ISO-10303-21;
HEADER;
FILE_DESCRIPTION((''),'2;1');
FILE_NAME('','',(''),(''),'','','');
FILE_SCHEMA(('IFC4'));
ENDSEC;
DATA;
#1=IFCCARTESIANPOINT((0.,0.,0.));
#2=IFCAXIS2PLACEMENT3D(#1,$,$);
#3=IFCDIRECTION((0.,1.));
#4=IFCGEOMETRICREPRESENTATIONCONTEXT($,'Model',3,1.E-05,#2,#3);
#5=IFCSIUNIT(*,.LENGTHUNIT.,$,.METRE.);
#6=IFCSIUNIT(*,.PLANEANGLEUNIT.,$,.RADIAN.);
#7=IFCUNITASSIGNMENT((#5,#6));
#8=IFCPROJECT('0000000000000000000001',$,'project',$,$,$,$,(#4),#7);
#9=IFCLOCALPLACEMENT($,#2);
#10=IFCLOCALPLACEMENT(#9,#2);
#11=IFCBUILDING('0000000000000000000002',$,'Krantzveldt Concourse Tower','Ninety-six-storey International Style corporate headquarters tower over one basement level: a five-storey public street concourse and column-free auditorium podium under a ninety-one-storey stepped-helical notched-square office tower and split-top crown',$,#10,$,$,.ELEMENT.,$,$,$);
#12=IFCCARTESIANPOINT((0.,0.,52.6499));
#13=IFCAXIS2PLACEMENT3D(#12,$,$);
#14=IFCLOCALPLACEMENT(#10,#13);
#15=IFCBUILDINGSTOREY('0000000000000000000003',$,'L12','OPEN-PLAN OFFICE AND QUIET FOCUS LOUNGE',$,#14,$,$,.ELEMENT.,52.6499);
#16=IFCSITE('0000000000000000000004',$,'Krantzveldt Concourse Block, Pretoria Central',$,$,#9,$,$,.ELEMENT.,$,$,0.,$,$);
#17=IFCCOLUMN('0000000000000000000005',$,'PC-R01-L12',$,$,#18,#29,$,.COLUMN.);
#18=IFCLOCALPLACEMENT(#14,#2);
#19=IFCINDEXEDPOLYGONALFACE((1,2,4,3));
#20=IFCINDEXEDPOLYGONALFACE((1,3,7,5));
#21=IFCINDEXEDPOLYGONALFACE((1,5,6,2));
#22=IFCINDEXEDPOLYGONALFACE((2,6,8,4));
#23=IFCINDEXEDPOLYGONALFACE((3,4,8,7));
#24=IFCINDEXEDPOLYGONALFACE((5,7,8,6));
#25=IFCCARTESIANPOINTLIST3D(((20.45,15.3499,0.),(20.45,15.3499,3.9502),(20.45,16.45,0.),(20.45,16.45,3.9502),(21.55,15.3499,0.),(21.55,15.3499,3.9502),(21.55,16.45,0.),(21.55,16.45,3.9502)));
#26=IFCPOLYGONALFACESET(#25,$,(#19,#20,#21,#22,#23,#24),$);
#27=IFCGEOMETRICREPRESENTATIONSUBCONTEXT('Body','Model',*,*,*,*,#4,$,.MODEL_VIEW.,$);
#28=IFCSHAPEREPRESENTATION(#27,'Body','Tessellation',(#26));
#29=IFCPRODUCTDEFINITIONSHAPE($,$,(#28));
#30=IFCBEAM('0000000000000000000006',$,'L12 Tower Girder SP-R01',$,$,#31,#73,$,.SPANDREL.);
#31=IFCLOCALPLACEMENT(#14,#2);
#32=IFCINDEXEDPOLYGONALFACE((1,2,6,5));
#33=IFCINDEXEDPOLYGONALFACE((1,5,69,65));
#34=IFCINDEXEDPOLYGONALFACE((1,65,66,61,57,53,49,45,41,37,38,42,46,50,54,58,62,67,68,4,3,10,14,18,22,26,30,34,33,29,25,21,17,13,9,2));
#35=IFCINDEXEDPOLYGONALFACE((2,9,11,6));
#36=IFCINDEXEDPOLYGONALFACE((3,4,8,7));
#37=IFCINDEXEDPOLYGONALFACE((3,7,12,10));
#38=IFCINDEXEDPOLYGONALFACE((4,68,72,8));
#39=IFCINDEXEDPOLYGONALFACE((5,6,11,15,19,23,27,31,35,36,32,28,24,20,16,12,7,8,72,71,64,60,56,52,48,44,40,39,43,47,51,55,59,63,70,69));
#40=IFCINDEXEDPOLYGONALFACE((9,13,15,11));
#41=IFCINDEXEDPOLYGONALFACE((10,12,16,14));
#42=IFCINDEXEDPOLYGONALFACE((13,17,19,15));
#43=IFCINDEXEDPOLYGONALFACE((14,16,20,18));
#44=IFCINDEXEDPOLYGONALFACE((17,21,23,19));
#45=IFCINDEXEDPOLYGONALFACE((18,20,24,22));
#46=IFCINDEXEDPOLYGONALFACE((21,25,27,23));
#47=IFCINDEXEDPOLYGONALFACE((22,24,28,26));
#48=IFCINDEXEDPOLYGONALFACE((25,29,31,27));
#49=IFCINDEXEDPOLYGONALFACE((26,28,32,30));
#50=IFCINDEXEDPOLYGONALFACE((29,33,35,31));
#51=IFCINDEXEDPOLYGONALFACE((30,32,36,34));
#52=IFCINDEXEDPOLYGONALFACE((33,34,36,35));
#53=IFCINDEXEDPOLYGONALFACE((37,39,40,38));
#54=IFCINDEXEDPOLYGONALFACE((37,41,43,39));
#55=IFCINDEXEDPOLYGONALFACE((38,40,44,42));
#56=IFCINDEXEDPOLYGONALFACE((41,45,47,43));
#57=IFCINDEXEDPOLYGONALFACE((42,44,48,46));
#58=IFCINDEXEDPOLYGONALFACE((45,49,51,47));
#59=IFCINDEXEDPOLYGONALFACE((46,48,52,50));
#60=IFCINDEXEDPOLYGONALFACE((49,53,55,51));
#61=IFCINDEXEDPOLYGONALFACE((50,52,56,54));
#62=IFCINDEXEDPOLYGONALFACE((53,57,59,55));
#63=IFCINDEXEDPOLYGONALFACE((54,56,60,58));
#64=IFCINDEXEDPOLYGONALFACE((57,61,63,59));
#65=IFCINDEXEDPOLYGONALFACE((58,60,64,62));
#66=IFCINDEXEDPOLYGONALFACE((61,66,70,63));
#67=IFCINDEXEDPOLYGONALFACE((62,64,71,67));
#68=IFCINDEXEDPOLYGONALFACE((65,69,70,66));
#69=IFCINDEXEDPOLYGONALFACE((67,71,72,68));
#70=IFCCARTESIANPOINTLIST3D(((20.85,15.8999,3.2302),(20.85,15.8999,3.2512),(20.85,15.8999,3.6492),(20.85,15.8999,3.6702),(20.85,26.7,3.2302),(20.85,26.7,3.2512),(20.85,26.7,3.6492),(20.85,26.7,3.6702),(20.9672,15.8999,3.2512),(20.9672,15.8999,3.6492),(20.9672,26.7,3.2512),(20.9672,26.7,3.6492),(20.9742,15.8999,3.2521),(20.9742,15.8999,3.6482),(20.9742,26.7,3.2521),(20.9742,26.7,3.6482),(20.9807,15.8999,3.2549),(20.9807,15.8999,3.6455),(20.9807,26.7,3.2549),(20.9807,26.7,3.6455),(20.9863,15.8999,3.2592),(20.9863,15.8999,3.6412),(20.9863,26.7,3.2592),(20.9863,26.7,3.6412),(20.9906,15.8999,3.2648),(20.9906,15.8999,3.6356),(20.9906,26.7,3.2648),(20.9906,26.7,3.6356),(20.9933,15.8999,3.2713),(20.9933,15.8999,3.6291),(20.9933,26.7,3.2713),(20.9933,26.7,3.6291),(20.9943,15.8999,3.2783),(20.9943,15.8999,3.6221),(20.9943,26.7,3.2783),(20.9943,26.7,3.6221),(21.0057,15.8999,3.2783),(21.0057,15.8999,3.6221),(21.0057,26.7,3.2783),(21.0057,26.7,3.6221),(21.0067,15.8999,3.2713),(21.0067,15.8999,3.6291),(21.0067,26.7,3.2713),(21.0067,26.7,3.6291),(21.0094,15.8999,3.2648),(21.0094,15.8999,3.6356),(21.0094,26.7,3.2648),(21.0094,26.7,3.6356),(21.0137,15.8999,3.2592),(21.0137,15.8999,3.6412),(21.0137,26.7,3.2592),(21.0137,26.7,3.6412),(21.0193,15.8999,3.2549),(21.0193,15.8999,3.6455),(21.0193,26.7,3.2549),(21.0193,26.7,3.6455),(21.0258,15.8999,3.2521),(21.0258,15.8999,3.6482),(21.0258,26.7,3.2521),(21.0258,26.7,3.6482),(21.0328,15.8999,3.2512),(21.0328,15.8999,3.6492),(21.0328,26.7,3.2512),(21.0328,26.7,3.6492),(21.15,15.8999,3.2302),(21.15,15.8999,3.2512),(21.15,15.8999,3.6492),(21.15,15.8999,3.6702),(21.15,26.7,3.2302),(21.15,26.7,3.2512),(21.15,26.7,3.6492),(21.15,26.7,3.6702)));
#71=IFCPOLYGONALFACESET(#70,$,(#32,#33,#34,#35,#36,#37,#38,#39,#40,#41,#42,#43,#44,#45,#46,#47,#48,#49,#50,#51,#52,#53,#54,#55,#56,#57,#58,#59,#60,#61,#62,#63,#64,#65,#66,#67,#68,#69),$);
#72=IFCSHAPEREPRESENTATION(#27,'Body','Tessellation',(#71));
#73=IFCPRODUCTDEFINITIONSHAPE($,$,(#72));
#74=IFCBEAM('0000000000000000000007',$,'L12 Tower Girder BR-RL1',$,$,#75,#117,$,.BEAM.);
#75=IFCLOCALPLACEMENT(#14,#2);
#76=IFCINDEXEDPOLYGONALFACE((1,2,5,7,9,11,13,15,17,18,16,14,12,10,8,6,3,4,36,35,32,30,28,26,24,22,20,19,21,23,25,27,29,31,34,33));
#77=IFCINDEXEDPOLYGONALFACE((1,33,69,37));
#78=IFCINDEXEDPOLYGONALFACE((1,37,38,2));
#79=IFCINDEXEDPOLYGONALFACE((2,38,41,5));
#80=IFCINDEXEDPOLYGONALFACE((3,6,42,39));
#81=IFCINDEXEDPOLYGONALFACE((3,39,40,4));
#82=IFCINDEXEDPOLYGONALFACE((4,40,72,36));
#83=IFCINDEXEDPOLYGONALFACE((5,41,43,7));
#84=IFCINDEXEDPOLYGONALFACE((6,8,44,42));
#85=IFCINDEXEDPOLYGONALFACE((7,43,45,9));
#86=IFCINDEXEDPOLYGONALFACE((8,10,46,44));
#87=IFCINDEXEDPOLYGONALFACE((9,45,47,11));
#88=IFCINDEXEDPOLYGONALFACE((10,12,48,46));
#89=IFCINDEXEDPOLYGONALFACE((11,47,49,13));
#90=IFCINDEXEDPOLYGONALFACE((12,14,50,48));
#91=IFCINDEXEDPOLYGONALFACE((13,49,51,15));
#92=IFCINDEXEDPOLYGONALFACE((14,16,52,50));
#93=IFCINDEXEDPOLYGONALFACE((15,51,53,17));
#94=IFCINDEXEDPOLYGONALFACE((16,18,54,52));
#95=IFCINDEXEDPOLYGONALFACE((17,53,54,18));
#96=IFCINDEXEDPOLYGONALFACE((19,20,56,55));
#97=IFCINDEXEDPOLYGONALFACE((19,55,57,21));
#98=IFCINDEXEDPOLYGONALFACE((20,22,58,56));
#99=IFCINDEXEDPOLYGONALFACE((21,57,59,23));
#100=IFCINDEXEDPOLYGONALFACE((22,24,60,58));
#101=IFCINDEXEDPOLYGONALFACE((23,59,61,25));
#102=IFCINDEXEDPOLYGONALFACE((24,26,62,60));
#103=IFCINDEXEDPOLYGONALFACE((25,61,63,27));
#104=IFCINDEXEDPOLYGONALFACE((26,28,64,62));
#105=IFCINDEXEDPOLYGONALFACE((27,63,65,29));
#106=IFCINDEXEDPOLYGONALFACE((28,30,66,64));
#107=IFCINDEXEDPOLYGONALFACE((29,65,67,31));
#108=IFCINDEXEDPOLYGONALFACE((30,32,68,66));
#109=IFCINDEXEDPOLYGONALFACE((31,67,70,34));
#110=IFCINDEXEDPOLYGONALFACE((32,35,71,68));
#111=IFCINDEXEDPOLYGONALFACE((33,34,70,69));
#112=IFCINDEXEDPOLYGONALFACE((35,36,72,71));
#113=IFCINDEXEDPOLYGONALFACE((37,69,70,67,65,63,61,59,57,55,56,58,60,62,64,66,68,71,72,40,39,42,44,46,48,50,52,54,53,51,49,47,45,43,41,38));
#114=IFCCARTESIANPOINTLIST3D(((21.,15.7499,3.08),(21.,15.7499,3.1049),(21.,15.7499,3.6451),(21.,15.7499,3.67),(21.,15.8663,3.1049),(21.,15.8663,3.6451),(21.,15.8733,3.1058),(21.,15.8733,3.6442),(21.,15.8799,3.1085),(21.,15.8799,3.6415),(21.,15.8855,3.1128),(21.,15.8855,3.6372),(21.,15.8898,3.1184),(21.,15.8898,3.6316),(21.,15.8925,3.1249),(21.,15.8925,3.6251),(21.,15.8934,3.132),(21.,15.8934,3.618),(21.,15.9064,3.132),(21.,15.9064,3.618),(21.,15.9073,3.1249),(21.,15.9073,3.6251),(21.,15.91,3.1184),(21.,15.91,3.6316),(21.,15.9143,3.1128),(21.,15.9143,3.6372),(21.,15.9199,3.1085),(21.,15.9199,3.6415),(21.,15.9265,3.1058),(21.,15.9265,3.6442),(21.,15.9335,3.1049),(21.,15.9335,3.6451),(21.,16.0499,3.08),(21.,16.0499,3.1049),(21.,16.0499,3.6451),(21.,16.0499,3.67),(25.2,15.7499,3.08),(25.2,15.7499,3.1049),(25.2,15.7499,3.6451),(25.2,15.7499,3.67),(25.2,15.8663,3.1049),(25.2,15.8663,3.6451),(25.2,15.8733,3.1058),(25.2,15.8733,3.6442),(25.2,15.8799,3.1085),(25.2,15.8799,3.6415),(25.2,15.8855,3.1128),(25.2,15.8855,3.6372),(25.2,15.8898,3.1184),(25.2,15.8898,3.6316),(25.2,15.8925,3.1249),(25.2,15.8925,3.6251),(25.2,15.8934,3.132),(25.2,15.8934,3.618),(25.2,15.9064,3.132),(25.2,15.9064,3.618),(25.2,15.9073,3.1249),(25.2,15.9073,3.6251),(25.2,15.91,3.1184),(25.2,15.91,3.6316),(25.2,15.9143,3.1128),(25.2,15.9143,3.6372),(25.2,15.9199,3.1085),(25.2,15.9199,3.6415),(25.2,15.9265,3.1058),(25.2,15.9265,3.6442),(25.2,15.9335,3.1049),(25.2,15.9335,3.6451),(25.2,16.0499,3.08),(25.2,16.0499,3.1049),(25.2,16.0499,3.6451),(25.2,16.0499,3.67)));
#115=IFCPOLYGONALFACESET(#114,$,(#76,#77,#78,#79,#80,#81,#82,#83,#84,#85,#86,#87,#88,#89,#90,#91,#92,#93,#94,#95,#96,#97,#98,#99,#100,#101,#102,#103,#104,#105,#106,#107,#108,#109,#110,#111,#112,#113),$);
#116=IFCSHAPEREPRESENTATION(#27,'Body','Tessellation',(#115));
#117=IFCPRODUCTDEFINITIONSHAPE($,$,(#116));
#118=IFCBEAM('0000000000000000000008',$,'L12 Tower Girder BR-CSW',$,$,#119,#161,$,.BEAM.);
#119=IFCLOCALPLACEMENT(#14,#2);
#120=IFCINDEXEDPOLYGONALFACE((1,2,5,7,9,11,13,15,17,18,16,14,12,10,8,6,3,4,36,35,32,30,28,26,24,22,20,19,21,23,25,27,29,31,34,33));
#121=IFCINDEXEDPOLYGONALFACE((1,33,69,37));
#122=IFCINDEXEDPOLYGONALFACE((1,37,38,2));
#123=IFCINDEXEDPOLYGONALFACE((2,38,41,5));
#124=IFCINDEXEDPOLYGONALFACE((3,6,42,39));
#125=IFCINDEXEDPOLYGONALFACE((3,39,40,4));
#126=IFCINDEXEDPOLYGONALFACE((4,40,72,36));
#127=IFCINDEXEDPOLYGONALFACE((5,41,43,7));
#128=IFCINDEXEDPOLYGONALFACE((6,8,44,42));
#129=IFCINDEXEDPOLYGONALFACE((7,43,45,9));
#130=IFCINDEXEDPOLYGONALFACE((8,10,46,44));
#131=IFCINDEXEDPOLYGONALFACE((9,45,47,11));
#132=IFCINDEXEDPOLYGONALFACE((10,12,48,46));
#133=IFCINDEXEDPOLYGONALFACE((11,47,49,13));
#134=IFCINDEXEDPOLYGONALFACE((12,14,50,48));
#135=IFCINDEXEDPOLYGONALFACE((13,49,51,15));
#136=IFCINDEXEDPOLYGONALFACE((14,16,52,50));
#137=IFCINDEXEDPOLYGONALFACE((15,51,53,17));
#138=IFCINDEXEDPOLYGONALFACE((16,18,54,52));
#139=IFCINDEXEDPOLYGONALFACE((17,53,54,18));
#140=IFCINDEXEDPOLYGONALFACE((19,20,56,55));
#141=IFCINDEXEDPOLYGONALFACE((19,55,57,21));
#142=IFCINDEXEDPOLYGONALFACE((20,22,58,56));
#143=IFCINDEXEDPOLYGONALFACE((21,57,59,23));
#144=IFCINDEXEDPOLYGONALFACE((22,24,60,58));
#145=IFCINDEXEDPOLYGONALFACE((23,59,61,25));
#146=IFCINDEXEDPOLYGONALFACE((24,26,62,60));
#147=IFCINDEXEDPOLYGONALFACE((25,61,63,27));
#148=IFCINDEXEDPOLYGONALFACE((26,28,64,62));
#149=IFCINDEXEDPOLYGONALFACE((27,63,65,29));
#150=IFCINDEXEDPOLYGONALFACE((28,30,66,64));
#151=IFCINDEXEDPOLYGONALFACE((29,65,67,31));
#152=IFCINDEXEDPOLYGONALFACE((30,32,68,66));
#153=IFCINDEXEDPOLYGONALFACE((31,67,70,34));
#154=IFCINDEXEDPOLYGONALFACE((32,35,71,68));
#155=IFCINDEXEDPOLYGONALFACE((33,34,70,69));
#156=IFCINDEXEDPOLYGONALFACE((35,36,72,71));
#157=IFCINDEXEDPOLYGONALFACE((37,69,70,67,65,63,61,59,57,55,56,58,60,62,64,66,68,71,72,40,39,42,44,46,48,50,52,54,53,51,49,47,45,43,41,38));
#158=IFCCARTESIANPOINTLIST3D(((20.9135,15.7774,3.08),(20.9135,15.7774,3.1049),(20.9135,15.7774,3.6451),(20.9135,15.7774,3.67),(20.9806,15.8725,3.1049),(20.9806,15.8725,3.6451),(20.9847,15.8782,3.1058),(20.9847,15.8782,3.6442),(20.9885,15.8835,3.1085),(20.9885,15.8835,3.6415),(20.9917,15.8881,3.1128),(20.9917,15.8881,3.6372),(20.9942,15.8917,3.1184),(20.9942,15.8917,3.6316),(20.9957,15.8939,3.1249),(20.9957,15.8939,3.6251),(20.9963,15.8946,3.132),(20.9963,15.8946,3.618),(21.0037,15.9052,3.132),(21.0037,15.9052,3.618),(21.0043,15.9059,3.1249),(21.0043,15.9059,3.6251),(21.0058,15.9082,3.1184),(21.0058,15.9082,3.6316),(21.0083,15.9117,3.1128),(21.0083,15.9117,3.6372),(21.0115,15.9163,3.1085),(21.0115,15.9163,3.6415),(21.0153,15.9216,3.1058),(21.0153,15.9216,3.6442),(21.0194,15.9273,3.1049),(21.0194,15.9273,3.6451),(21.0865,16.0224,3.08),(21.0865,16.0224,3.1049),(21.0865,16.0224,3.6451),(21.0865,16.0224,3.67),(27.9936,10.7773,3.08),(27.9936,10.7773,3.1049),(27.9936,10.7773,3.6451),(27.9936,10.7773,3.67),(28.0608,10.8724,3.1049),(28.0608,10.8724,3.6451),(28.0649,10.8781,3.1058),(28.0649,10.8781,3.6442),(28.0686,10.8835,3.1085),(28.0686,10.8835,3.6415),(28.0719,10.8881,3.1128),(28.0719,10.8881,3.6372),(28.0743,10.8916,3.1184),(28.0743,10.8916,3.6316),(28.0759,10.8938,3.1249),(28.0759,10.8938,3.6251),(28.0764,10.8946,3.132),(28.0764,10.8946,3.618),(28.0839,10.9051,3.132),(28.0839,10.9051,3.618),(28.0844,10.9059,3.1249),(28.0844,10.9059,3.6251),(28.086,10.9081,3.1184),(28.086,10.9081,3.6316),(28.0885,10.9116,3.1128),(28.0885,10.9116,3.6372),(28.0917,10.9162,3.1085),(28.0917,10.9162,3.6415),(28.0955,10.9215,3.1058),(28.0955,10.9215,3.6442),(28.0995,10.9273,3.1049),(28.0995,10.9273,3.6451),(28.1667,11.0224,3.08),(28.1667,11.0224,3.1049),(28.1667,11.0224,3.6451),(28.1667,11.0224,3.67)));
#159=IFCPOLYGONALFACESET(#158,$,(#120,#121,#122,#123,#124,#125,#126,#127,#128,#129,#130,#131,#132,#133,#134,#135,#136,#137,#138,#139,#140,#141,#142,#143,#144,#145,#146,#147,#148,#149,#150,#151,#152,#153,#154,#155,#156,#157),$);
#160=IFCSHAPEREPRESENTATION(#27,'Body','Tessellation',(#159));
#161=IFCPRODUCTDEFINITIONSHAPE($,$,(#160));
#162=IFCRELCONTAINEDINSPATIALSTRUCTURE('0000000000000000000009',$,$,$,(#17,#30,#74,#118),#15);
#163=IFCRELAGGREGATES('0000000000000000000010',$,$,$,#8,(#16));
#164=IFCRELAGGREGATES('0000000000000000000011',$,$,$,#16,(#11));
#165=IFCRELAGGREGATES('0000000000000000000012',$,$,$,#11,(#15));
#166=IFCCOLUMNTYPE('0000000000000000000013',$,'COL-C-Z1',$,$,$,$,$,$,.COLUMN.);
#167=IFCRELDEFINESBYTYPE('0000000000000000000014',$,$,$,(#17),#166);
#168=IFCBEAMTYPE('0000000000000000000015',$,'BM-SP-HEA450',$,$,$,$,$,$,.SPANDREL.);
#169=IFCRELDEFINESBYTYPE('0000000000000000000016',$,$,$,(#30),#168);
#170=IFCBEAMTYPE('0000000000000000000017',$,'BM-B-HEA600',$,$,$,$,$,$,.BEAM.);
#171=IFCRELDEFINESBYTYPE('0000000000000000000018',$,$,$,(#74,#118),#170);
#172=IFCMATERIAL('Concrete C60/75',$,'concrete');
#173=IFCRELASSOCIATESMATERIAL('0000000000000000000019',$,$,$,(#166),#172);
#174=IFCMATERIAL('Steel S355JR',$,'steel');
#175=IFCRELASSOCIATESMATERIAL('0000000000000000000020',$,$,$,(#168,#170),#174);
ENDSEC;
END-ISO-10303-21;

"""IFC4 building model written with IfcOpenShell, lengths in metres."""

from ifc_helpers import new_model, si_unit, direction, frame, origin, origin_2d, place, context, subcontext, project, spatial, rectangle, i_section, extrude, source, transform, mapped, material, material_profile, profile_set, type_object, type_shapes, element, save


model = new_model("IFC4")

# Units and contexts
model_context = context("Model", 3, precision=1e-05, world=origin(), true_north=direction((0.0, 1.0)))
body_context = subcontext(model_context, "Body", "Model", "MODEL_VIEW")
ifc_project = project(units=[si_unit("LENGTHUNIT", "METRE"), si_unit("PLANEANGLEUNIT", "RADIAN")], contexts=[model_context])

# Site, building, storey
site_placement = place(None, origin())
site = spatial("IfcSite", under=ifc_project, at=site_placement, Name="Krantzveldt Concourse Block, Pretoria Central", CompositionType="ELEMENT", RefElevation=0.0)
building_placement = place(site_placement, origin())
building = spatial("IfcBuilding", under=site, at=building_placement, Name="Krantzveldt Concourse Tower", Description="Ninety-six-storey International Style corporate headquarters tower over one basement level: a five-storey public street concourse and column-free auditorium podium under a ninety-one-storey stepped-helical notched-square office tower and split-top crown", CompositionType="ELEMENT")
storey_placement = place(building_placement, frame((0.0, 0.0, 52.6499)))
storey = spatial("IfcBuildingStorey", under=building, at=storey_placement, Name="L12", Description="OPEN-PLAN OFFICE AND QUIET FOCUS LOUNGE", CompositionType="ELEMENT", Elevation=52.6499)

# Column
ifc_material_1 = material(Name="Concrete C60/75", Category="concrete")
ifc_material_profile_1 = material_profile(ifc_material_1, rectangle(XDim=1.1001, YDim=1.1001, at=origin_2d()), Name="Concrete C60/75", Category="concrete")
ifc_profile_set_1 = profile_set([ifc_material_profile_1], Name="Concrete C60/75 - RC 1100x1100")
column_type = type_object("IfcColumnType", Name="COL-C-Z1", PredefinedType="COLUMN", material=ifc_profile_set_1)
shared_shape_1 = source(origin(), body_context, "Body", "SweptSolid", [
    extrude(rectangle(XDim=1.1001, YDim=1.1001, at=origin_2d()), origin(), (0.0, 0.0, 1.0), 3.9502),
])
type_shapes(column_type, [shared_shape_1])
column_placement = place(storey_placement, frame((21.0, 15.8999, 0.0), z_axis=(0.0, 0.0, 1.0), x_axis=(1.0, 0.0, 0.0)))
element("IfcColumn", 1, at=column_placement, inside=storey, type_object=column_type, Name="PC-R01-L12", PredefinedType="COLUMN", context=body_context, shape_type="MappedRepresentation", body=[
    mapped(shared_shape_1, transform((0.0, 0.0, 0.0), x_axis=(1.0, 0.0, 0.0), y_axis=(0.0, 1.0, 0.0), z_axis=(0.0, 0.0, 1.0), scale=1.0)),
])

# Beams
ifc_material_2 = material(Name="Steel S355JR", Category="steel")
ifc_material_profile_2 = material_profile(ifc_material_2, i_section(OverallWidth=0.3, OverallDepth=0.4399, WebThickness=0.0115, FlangeThickness=0.021, FilletRadius=0.0271, at=origin_2d()), Name="Steel S355JR", Category="steel")
ifc_profile_set_2 = profile_set([ifc_material_profile_2], Name="Steel S355JR - HEA 450")
beam_type_1 = type_object("IfcBeamType", Name="BM-SP-HEA450", PredefinedType="SPANDREL", material=ifc_profile_set_2)
shared_shape_2 = source(origin(), body_context, "Body", "SweptSolid", [
    extrude(i_section(OverallWidth=0.3, OverallDepth=0.4399, WebThickness=0.0115, FlangeThickness=0.021, FilletRadius=0.0271, at=origin_2d()), origin(), (0.0, 0.0, 1.0), 10.8),
])
type_shapes(beam_type_1, [shared_shape_2])
beam_1_placement = place(storey_placement, frame((21.0, 15.8999, 3.4502), z_axis=(0.0, 1.0, 0.0), x_axis=(-1.0, 0.0, 0.0)))
element("IfcBeam", 2, at=beam_1_placement, inside=storey, type_object=beam_type_1, Name="L12 Tower Girder SP-R01", PredefinedType="SPANDREL", context=body_context, shape_type="MappedRepresentation", body=[
    mapped(shared_shape_2, transform((0.0, 0.0, 0.0), x_axis=(1.0, 0.0, 0.0), y_axis=(0.0, 1.0, 0.0), z_axis=(0.0, 0.0, 1.0), scale=1.0)),
])
ifc_material_profile_3 = material_profile(ifc_material_2, i_section(OverallWidth=0.3, OverallDepth=0.5901, WebThickness=0.0129, FlangeThickness=0.0249, FilletRadius=0.0271, at=origin_2d()), Name="Steel S355JR", Category="steel")
ifc_profile_set_3 = profile_set([ifc_material_profile_3], Name="Steel S355JR - HEA 600")
beam_type_2 = type_object("IfcBeamType", Name="BM-B-HEA600", PredefinedType="BEAM", material=ifc_profile_set_3)
shared_shape_3 = source(origin(), body_context, "Body", "SweptSolid", [
    extrude(i_section(OverallWidth=0.3, OverallDepth=0.5901, WebThickness=0.0129, FlangeThickness=0.0249, FilletRadius=0.0271, at=origin_2d()), origin(), (0.0, 0.0, 1.0), 4.2),
])
beam_2_placement = place(storey_placement, frame((21.0, 15.8999, 3.375), z_axis=(1.0, 0.0, 0.0), x_axis=(0.0, 1.0, 0.0)))
element("IfcBeam", 3, at=beam_2_placement, inside=storey, type_object=beam_type_2, Name="L12 Tower Girder BR-RL1", PredefinedType="BEAM", context=body_context, shape_type="MappedRepresentation", body=[
    mapped(shared_shape_3, transform((0.0, 0.0, 0.0), x_axis=(1.0, 0.0, 0.0), y_axis=(0.0, 1.0, 0.0), z_axis=(0.0, 0.0, 1.0), scale=1.0)),
])
shared_shape_4 = source(origin(), body_context, "Body", "SweptSolid", [
    extrude(i_section(OverallWidth=0.3, OverallDepth=0.5901, WebThickness=0.0129, FlangeThickness=0.0249, FilletRadius=0.0271, at=origin_2d()), origin(), (0.0, 0.0, 1.0), 8.6677),
])
type_shapes(beam_type_2, [shared_shape_3, shared_shape_4])
beam_3_placement = place(storey_placement, frame((21.0, 15.8999, 3.375), z_axis=(0.816843, -0.57686, 0.0), x_axis=(0.57686, 0.816843, 0.0)))
element("IfcBeam", 4, at=beam_3_placement, inside=storey, type_object=beam_type_2, Name="L12 Tower Girder BR-CSW", PredefinedType="BEAM", context=body_context, shape_type="MappedRepresentation", body=[
    mapped(shared_shape_4, transform((0.0, 0.0, 0.0), x_axis=(1.0, 0.0, 0.0), y_axis=(0.0, 1.0, 0.0), z_axis=(0.0, 0.0, 1.0), scale=1.0)),
])

save(model, "model.ifc")
